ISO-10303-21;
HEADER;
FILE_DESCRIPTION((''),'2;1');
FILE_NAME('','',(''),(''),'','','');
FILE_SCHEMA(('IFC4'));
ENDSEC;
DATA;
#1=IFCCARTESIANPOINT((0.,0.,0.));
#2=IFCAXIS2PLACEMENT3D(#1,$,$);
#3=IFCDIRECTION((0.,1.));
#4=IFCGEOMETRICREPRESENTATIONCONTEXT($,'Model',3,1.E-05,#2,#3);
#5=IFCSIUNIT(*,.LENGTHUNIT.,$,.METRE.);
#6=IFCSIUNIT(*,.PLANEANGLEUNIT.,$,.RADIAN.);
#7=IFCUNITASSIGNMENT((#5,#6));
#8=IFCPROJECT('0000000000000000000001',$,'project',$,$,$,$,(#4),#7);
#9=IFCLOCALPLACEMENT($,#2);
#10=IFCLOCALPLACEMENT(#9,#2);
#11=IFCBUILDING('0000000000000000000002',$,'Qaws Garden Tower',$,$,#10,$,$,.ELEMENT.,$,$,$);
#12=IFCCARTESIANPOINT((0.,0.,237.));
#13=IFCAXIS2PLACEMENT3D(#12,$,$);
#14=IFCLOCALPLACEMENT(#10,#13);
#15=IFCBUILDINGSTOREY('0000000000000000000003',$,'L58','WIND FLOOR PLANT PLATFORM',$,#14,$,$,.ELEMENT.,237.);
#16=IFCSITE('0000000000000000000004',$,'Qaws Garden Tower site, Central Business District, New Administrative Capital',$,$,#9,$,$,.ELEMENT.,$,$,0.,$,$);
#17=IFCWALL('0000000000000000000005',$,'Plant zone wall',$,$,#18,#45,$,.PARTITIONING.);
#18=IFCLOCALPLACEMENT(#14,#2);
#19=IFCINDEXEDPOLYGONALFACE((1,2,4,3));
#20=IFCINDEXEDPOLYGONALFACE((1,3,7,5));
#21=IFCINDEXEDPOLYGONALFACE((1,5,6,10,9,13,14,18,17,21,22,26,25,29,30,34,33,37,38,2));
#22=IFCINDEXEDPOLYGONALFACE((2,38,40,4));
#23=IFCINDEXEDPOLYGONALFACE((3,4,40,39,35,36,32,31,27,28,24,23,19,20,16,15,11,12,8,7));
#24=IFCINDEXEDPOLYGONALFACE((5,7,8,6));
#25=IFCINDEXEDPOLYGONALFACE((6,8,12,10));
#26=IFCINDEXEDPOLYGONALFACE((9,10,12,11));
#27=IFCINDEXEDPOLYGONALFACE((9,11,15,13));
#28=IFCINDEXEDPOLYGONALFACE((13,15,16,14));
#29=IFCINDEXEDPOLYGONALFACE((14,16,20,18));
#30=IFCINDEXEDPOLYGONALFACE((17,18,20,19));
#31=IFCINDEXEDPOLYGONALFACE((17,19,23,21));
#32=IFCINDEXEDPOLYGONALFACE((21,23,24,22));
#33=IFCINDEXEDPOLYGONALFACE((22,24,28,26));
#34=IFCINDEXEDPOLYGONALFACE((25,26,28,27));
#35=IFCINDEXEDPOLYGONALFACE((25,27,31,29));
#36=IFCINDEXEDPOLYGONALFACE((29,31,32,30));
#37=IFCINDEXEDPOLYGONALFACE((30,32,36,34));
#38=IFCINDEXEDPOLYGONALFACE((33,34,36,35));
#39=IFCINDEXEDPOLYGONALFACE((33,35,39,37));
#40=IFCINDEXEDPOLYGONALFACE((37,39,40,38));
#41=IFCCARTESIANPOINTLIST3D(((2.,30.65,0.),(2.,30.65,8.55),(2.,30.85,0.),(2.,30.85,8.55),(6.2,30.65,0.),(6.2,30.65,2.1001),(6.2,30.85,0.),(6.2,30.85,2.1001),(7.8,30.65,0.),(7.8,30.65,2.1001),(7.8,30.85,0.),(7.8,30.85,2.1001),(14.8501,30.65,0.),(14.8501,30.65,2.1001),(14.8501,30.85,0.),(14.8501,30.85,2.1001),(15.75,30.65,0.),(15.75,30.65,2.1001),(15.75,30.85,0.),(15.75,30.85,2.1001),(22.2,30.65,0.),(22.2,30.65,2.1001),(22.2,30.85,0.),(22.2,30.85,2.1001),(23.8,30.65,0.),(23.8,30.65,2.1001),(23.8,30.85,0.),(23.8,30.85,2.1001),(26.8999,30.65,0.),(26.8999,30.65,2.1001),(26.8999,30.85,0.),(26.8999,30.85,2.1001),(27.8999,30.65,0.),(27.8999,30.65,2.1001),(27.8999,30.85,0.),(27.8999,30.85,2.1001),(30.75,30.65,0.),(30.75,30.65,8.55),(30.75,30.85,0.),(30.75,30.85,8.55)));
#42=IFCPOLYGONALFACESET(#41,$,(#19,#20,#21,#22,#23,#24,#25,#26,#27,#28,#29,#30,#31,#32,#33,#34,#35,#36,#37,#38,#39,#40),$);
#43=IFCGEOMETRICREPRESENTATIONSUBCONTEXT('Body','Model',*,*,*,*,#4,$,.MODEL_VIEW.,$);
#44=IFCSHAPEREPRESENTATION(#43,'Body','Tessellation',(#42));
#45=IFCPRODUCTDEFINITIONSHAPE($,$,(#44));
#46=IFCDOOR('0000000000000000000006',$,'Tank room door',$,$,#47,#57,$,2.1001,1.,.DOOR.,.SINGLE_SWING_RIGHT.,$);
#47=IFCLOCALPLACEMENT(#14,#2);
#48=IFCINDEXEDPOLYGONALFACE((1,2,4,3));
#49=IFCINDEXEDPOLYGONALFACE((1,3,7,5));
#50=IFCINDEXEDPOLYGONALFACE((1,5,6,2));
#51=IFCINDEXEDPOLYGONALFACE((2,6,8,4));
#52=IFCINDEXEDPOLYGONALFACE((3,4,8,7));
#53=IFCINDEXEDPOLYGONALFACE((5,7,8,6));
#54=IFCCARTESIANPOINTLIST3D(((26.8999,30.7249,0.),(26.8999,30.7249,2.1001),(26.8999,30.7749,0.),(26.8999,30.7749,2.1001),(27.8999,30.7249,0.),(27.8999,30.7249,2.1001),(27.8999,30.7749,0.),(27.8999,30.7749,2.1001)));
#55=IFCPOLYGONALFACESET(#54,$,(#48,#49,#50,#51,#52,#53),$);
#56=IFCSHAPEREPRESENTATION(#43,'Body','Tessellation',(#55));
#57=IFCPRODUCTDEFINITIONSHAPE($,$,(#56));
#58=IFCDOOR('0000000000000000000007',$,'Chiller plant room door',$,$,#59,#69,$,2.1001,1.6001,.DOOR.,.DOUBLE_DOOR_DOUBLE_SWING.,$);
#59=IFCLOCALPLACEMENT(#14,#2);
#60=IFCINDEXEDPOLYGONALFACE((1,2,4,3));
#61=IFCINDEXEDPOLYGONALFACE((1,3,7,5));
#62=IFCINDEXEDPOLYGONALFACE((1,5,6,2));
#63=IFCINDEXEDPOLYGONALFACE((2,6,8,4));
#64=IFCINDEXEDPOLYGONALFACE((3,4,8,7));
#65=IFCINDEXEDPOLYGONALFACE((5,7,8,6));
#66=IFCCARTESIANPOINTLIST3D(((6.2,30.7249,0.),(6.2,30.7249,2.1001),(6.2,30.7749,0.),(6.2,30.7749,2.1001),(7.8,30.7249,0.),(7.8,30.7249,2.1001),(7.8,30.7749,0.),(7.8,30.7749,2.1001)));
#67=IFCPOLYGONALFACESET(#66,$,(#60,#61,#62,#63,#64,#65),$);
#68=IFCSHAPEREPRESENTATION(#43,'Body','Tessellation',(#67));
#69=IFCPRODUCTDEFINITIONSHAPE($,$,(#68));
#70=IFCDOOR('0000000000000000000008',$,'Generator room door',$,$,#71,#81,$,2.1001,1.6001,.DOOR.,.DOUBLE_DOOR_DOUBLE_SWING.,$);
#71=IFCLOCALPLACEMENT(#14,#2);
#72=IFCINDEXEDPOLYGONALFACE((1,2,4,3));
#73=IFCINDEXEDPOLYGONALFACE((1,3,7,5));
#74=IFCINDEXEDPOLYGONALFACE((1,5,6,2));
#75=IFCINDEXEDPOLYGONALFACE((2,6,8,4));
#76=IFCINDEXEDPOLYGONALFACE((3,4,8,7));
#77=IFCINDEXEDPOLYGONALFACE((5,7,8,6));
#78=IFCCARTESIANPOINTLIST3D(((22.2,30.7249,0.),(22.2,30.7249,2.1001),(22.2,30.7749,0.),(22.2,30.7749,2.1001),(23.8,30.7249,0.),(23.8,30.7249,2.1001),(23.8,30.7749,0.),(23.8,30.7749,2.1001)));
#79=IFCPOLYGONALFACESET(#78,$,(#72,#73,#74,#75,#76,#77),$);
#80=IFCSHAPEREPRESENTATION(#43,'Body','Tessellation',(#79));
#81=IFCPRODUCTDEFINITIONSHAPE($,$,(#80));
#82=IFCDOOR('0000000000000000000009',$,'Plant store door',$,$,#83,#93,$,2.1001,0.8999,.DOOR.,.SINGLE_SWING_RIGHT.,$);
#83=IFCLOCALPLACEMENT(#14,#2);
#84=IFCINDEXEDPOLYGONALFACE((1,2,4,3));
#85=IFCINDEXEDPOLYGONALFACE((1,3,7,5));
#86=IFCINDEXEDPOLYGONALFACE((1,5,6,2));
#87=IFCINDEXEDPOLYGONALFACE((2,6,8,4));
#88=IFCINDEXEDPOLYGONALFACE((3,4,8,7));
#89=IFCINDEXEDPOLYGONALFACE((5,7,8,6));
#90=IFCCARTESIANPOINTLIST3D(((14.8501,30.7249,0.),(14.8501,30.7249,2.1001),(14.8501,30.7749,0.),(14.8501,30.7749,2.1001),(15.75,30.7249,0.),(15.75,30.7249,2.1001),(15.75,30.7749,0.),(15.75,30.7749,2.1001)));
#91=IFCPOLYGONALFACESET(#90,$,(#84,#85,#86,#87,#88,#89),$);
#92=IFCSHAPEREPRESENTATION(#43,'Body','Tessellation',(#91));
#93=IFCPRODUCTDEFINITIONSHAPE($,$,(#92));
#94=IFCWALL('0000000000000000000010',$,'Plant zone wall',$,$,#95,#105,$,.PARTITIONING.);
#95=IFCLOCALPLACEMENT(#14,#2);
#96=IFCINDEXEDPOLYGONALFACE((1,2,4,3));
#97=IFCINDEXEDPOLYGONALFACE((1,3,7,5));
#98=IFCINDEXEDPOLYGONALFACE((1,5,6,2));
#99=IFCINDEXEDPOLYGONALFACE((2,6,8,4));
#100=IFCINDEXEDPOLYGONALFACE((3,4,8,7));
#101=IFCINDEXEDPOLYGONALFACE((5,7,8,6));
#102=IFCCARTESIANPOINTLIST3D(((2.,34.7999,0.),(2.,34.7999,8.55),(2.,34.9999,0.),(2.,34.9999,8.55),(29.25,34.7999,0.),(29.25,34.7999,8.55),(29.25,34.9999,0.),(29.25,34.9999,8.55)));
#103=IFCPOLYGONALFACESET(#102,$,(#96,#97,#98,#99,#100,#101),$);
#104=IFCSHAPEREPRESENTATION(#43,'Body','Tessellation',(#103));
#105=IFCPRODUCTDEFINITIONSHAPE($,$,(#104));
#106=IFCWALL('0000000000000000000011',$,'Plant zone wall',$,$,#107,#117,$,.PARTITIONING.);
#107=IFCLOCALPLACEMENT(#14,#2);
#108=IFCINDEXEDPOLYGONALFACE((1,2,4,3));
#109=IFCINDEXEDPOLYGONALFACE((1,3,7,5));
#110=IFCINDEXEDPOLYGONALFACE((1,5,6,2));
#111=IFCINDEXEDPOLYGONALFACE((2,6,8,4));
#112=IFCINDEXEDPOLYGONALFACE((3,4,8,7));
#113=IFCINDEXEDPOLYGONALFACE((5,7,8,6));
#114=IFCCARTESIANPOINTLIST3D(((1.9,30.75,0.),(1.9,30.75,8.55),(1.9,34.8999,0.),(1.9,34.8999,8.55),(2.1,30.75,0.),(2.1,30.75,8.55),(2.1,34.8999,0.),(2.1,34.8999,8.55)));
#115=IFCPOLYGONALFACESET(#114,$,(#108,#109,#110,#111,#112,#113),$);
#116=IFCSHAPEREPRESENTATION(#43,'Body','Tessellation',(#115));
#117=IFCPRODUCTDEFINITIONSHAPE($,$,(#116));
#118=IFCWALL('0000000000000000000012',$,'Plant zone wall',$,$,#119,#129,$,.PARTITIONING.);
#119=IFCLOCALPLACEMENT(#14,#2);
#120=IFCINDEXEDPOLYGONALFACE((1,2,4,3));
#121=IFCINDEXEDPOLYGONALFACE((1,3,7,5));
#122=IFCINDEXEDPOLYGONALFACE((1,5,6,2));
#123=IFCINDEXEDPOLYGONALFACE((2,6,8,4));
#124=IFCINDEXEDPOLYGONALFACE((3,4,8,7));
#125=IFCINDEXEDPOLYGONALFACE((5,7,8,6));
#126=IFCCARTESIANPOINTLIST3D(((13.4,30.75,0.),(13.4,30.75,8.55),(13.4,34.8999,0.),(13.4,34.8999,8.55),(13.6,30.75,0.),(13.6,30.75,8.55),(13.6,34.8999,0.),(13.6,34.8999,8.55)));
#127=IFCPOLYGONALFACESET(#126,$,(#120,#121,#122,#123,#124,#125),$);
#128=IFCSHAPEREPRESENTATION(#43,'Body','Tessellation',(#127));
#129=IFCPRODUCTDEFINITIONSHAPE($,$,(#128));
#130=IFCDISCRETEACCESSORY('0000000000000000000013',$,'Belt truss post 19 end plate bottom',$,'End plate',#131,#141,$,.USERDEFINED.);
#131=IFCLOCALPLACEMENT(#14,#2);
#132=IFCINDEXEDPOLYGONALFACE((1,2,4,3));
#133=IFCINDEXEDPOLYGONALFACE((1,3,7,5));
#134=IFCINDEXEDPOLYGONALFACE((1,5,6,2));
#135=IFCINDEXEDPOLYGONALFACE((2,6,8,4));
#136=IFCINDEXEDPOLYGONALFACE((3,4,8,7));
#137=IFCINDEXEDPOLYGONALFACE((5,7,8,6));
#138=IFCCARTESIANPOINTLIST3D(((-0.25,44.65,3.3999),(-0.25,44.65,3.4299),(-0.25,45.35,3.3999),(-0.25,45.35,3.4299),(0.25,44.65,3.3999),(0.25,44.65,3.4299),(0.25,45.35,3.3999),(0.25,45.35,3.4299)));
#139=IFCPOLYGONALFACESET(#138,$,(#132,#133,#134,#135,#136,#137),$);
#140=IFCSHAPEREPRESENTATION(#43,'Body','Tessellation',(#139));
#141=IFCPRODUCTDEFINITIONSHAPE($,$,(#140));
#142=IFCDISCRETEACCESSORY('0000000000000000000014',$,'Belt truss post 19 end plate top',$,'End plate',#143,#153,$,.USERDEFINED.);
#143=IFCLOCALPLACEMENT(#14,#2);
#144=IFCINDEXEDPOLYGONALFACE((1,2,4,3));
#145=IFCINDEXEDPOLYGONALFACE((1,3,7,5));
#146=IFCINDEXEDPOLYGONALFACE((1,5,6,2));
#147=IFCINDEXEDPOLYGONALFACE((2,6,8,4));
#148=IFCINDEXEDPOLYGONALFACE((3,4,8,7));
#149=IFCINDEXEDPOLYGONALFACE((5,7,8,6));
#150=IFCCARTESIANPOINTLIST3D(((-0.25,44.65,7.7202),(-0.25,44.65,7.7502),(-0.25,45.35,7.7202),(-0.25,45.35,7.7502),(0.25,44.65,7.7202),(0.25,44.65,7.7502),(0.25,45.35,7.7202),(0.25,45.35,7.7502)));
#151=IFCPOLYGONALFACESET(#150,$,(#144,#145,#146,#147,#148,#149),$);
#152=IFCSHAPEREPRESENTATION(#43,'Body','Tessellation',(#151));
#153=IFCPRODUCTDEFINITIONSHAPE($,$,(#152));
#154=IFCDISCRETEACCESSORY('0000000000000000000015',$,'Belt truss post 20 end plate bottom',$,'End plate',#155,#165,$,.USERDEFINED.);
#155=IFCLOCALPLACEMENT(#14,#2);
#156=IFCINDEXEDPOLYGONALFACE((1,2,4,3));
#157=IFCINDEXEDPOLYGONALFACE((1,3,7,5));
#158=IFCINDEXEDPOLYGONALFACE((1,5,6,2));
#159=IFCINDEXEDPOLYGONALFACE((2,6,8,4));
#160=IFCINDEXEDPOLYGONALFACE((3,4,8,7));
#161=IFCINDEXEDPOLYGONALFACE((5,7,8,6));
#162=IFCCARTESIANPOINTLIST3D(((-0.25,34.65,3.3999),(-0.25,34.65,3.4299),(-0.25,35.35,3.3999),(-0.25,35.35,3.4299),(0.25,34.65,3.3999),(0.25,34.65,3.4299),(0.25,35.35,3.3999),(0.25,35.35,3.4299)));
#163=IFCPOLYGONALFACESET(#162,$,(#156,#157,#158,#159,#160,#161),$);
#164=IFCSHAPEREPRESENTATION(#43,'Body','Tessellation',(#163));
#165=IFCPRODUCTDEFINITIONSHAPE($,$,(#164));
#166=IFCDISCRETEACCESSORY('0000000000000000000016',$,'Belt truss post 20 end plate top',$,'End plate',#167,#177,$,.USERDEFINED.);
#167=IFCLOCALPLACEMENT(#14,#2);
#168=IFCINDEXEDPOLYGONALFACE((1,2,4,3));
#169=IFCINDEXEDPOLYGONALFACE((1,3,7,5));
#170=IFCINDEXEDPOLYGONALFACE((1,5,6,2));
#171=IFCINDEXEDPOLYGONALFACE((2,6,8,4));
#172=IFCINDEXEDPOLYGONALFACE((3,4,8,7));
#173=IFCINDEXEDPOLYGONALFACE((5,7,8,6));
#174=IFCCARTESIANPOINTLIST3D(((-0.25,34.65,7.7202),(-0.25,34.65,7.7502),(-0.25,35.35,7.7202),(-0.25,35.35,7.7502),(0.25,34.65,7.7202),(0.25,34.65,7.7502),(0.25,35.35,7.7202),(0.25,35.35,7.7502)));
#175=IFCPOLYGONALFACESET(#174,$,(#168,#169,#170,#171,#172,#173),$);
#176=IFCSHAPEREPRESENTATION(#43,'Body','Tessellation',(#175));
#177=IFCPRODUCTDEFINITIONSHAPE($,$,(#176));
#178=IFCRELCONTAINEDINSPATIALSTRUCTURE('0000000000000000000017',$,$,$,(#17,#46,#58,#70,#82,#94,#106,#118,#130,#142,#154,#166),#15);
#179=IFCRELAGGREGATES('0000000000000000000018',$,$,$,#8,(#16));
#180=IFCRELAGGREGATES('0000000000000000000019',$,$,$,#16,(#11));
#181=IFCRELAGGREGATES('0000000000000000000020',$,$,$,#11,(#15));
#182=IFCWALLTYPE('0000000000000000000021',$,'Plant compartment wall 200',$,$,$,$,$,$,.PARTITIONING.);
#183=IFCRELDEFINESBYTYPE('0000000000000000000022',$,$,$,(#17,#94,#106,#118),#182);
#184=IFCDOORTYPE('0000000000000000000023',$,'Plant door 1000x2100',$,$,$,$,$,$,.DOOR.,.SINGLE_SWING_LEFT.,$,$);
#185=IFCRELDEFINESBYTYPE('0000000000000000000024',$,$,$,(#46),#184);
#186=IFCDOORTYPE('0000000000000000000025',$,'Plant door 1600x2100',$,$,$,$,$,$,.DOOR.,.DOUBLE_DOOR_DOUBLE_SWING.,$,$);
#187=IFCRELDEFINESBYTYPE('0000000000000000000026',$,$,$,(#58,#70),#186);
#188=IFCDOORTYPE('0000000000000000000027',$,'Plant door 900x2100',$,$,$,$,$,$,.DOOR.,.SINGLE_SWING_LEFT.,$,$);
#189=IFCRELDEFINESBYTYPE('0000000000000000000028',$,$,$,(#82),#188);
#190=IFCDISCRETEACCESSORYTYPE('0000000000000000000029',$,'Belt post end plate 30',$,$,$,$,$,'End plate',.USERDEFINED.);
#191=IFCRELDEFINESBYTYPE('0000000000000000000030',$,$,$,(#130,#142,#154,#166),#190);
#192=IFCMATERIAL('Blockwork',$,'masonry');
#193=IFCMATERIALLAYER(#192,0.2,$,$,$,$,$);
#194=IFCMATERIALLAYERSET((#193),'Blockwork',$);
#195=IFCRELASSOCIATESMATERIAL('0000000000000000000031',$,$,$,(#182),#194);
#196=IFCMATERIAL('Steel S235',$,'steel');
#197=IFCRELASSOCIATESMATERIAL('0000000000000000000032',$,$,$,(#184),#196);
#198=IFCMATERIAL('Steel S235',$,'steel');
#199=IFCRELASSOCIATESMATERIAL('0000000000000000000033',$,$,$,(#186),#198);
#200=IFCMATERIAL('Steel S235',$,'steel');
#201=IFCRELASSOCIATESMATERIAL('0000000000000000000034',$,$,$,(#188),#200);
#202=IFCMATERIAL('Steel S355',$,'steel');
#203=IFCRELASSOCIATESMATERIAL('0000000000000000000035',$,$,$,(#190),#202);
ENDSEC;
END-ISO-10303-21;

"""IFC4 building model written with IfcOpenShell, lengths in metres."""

from ifc_helpers import new_model, si_unit, direction, frame, frame_2d, origin, origin_2d, place, context, subcontext, project, spatial, rectangle, extrude, material, layer, layer_set, type_object, element, fill, save


model = new_model("IFC4")

# Units and contexts
model_context = context("Model", 3, precision=1e-05, world=origin(), true_north=direction((0.0, 1.0)))
body_context = subcontext(model_context, "Body", "Model", "MODEL_VIEW")
ifc_project = project(units=[si_unit("LENGTHUNIT", "METRE"), si_unit("PLANEANGLEUNIT", "RADIAN")], contexts=[model_context])

# Site, building, storey
site_placement = place(None, origin())
site = spatial("IfcSite", under=ifc_project, at=site_placement, Name="Qaws Garden Tower site, Central Business District, New Administrative Capital", CompositionType="ELEMENT", RefElevation=0.0)
building_placement = place(site_placement, origin())
building = spatial("IfcBuilding", under=site, at=building_placement, Name="Qaws Garden Tower", CompositionType="ELEMENT")
storey_placement = place(building_placement, frame((0.0, 0.0, 237.0)))
storey = spatial("IfcBuildingStorey", under=building, at=storey_placement, Name="L58", Description="WIND FLOOR PLANT PLATFORM", CompositionType="ELEMENT", Elevation=237.0)

# Shared definitions
placement_1 = place(storey_placement, frame((0.0, 45.0, 3.3999), z_axis=(0.0, 0.0, 1.0), x_axis=(1.0, 0.0, 0.0)))
placement_2 = place(storey_placement, frame((0.0, 35.0, 3.3999), z_axis=(0.0, 0.0, 1.0), x_axis=(1.0, 0.0, 0.0)))

# Wall, openings, doors
ifc_material_1 = material(Name="Blockwork", Category="masonry")
ifc_layer = layer(ifc_material_1, 0.2)
ifc_layer_set = layer_set([ifc_layer], Name="Blockwork")
wall_type = type_object("IfcWallType", Name="Plant compartment wall 200", PredefinedType="PARTITIONING", material=ifc_layer_set)
wall_1_placement = place(storey_placement, frame((2.0, 30.75, 0.0), z_axis=(0.0, 0.0, 1.0), x_axis=(1.0, 0.0, 0.0)))
wall_1 = element("IfcWall", 1, at=wall_1_placement, inside=storey, type_object=wall_type, Name="Plant zone wall", PredefinedType="PARTITIONING", context=body_context, shape_type="SweptSolid", body=[
    extrude(rectangle(XDim=28.75, YDim=0.2, at=frame_2d((14.375, 0.0))), origin(), (0.0, 0.0, 1.0), 8.55),
])
opening_1_placement = place(wall_1_placement, frame((4.2, 0.0, 0.0)))
opening_1 = element("IfcOpeningElement", 2, at=opening_1_placement, cuts=wall_1, PredefinedType="OPENING", context=body_context, shape_type="SweptSolid", body=[
    extrude(rectangle(XDim=1.6001, YDim=2.1001, at=frame_2d((0.8, 1.05))), frame((0.0, 0.1099, 0.0), z_axis=(0.0, -1.0, 0.0), x_axis=(1.0, 0.0, 0.0)), (0.0, 0.0, 1.0), 0.22),
])
opening_2_placement = place(wall_1_placement, frame((12.8501, 0.0, 0.0)))
opening_2 = element("IfcOpeningElement", 3, at=opening_2_placement, cuts=wall_1, PredefinedType="OPENING", context=body_context, shape_type="SweptSolid", body=[
    extrude(rectangle(XDim=0.8999, YDim=2.1001, at=frame_2d((0.45, 1.05))), frame((0.0, 0.1099, 0.0), z_axis=(0.0, -1.0, 0.0), x_axis=(1.0, 0.0, 0.0)), (0.0, 0.0, 1.0), 0.22),
])
opening_3_placement = place(wall_1_placement, frame((20.2, 0.0, 0.0)))
opening_3 = element("IfcOpeningElement", 4, at=opening_3_placement, cuts=wall_1, PredefinedType="OPENING", context=body_context, shape_type="SweptSolid", body=[
    extrude(rectangle(XDim=1.6001, YDim=2.1001, at=frame_2d((0.8, 1.05))), frame((0.0, 0.1099, 0.0), z_axis=(0.0, -1.0, 0.0), x_axis=(1.0, 0.0, 0.0)), (0.0, 0.0, 1.0), 0.22),
])
opening_4_placement = place(wall_1_placement, frame((24.8999, 0.0, 0.0)))
opening_4 = element("IfcOpeningElement", 5, at=opening_4_placement, cuts=wall_1, PredefinedType="OPENING", context=body_context, shape_type="SweptSolid", body=[
    extrude(rectangle(XDim=1.0, YDim=2.1001, at=frame_2d((0.5, 1.05))), frame((0.0, 0.1099, 0.0), z_axis=(0.0, -1.0, 0.0), x_axis=(1.0, 0.0, 0.0)), (0.0, 0.0, 1.0), 0.22),
])
ifc_material_2 = material(Name="Steel S235", Category="steel")
door_type_1 = type_object("IfcDoorType", Name="Plant door 1000x2100", OperationType="SINGLE_SWING_LEFT", PredefinedType="DOOR", material=ifc_material_2)
door_1_placement = place(opening_4_placement, origin())
door_1 = element("IfcDoor", 6, at=door_1_placement, inside=storey, type_object=door_type_1, Name="Tank room door", OperationType="SINGLE_SWING_RIGHT", OverallHeight=2.1001, OverallWidth=1.0, PredefinedType="DOOR", context=body_context, shape_type="SweptSolid", body=[
    extrude(rectangle(XDim=1.0, YDim=2.1001, at=frame_2d((0.5, 1.05))), frame((0.0, 0.0249, 0.0), z_axis=(0.0, -1.0, 0.0), x_axis=(1.0, 0.0, 0.0)), (0.0, 0.0, 1.0), 0.05),
])
fill(opening_4, door_1)
ifc_material_3 = material(Name="Steel S235", Category="steel")
door_type_2 = type_object("IfcDoorType", Name="Plant door 1600x2100", OperationType="DOUBLE_DOOR_DOUBLE_SWING", PredefinedType="DOOR", material=ifc_material_3)
door_2_placement = place(opening_1_placement, origin())
door_2 = element("IfcDoor", 7, at=door_2_placement, inside=storey, type_object=door_type_2, Name="Chiller plant room door", OperationType="DOUBLE_DOOR_DOUBLE_SWING", OverallHeight=2.1001, OverallWidth=1.6001, PredefinedType="DOOR", context=body_context, shape_type="SweptSolid", body=[
    extrude(rectangle(XDim=1.6001, YDim=2.1001, at=frame_2d((0.8, 1.05))), frame((0.0, 0.0249, 0.0), z_axis=(0.0, -1.0, 0.0), x_axis=(1.0, 0.0, 0.0)), (0.0, 0.0, 1.0), 0.05),
])
fill(opening_1, door_2)
door_3_placement = place(opening_3_placement, origin())
door_3 = element("IfcDoor", 8, at=door_3_placement, inside=storey, type_object=door_type_2, Name="Generator room door", OperationType="DOUBLE_DOOR_DOUBLE_SWING", OverallHeight=2.1001, OverallWidth=1.6001, PredefinedType="DOOR", context=body_context, shape_type="SweptSolid", body=[
    extrude(rectangle(XDim=1.6001, YDim=2.1001, at=frame_2d((0.8, 1.05))), frame((0.0, 0.0249, 0.0), z_axis=(0.0, -1.0, 0.0), x_axis=(1.0, 0.0, 0.0)), (0.0, 0.0, 1.0), 0.05),
])
fill(opening_3, door_3)
ifc_material_4 = material(Name="Steel S235", Category="steel")
door_type_3 = type_object("IfcDoorType", Name="Plant door 900x2100", OperationType="SINGLE_SWING_LEFT", PredefinedType="DOOR", material=ifc_material_4)
door_4_placement = place(opening_2_placement, origin())
door_4 = element("IfcDoor", 9, at=door_4_placement, inside=storey, type_object=door_type_3, Name="Plant store door", OperationType="SINGLE_SWING_RIGHT", OverallHeight=2.1001, OverallWidth=0.8999, PredefinedType="DOOR", context=body_context, shape_type="SweptSolid", body=[
    extrude(rectangle(XDim=0.8999, YDim=2.1001, at=frame_2d((0.45, 1.05))), frame((0.0, 0.0249, 0.0), z_axis=(0.0, -1.0, 0.0), x_axis=(1.0, 0.0, 0.0)), (0.0, 0.0, 1.0), 0.05),
])
fill(opening_2, door_4)

# Walls
wall_2_placement = place(storey_placement, frame((2.0, 34.8999, 0.0), z_axis=(0.0, 0.0, 1.0), x_axis=(1.0, 0.0, 0.0)))
element("IfcWall", 10, at=wall_2_placement, inside=storey, type_object=wall_type, Name="Plant zone wall", PredefinedType="PARTITIONING", context=body_context, shape_type="SweptSolid", body=[
    extrude(rectangle(XDim=27.25, YDim=0.2, at=frame_2d((13.625, 0.0))), origin(), (0.0, 0.0, 1.0), 8.55),
])
for number, where, z_axis, x_axis, name in (
    (11, (2.0, 30.75, 0.0), (0.0, 0.0, 1.0), (0.0, 1.0, 0.0), "Plant zone wall"),
    (12, (13.5, 30.75, 0.0), (0.0, 0.0, 1.0), (0.0, 1.0, 0.0), "Plant zone wall"),
):
    element("IfcWall", number, at=place(storey_placement, frame(where, z_axis=z_axis, x_axis=x_axis)), inside=storey, type_object=wall_type, Name=name, PredefinedType="PARTITIONING", context=body_context, shape_type="SweptSolid", body=[
        extrude(rectangle(XDim=4.1499, YDim=0.2, at=frame_2d((2.075, 0.0))), origin(), (0.0, 0.0, 1.0), 8.55),
    ])

# Discrete accessories
ifc_material_5 = material(Name="Steel S355", Category="steel")
discrete_accessory_type = type_object("IfcDiscreteAccessoryType", Name="Belt post end plate 30", ElementType="End plate", PredefinedType="USERDEFINED", material=ifc_material_5)
element("IfcDiscreteAccessory", 13, at=placement_1, inside=storey, type_object=discrete_accessory_type, Name="Belt truss post 19 end plate bottom", ObjectType="End plate", PredefinedType="USERDEFINED", context=body_context, shape_type="SweptSolid", body=[
    extrude(rectangle(XDim=0.5, YDim=0.7, at=origin_2d()), origin(), (0.0, 0.0, 1.0), 0.03),
])
discrete_accessory_1_placement = place(storey_placement, frame((0.0, 45.0, 7.7202), z_axis=(0.0, 0.0, 1.0), x_axis=(1.0, 0.0, 0.0)))
element("IfcDiscreteAccessory", 14, at=discrete_accessory_1_placement, inside=storey, type_object=discrete_accessory_type, Name="Belt truss post 19 end plate top", ObjectType="End plate", PredefinedType="USERDEFINED", context=body_context, shape_type="SweptSolid", body=[
    extrude(rectangle(XDim=0.5, YDim=0.7, at=origin_2d()), origin(), (0.0, 0.0, 1.0), 0.03),
])
element("IfcDiscreteAccessory", 15, at=placement_2, inside=storey, type_object=discrete_accessory_type, Name="Belt truss post 20 end plate bottom", ObjectType="End plate", PredefinedType="USERDEFINED", context=body_context, shape_type="SweptSolid", body=[
    extrude(rectangle(XDim=0.5, YDim=0.7, at=origin_2d()), origin(), (0.0, 0.0, 1.0), 0.03),
])
discrete_accessory_2_placement = place(storey_placement, frame((0.0, 35.0, 7.7202), z_axis=(0.0, 0.0, 1.0), x_axis=(1.0, 0.0, 0.0)))
element("IfcDiscreteAccessory", 16, at=discrete_accessory_2_placement, inside=storey, type_object=discrete_accessory_type, Name="Belt truss post 20 end plate top", ObjectType="End plate", PredefinedType="USERDEFINED", context=body_context, shape_type="SweptSolid", body=[
    extrude(rectangle(XDim=0.5, YDim=0.7, at=origin_2d()), origin(), (0.0, 0.0, 1.0), 0.03),
])

save(model, "model.ifc")
